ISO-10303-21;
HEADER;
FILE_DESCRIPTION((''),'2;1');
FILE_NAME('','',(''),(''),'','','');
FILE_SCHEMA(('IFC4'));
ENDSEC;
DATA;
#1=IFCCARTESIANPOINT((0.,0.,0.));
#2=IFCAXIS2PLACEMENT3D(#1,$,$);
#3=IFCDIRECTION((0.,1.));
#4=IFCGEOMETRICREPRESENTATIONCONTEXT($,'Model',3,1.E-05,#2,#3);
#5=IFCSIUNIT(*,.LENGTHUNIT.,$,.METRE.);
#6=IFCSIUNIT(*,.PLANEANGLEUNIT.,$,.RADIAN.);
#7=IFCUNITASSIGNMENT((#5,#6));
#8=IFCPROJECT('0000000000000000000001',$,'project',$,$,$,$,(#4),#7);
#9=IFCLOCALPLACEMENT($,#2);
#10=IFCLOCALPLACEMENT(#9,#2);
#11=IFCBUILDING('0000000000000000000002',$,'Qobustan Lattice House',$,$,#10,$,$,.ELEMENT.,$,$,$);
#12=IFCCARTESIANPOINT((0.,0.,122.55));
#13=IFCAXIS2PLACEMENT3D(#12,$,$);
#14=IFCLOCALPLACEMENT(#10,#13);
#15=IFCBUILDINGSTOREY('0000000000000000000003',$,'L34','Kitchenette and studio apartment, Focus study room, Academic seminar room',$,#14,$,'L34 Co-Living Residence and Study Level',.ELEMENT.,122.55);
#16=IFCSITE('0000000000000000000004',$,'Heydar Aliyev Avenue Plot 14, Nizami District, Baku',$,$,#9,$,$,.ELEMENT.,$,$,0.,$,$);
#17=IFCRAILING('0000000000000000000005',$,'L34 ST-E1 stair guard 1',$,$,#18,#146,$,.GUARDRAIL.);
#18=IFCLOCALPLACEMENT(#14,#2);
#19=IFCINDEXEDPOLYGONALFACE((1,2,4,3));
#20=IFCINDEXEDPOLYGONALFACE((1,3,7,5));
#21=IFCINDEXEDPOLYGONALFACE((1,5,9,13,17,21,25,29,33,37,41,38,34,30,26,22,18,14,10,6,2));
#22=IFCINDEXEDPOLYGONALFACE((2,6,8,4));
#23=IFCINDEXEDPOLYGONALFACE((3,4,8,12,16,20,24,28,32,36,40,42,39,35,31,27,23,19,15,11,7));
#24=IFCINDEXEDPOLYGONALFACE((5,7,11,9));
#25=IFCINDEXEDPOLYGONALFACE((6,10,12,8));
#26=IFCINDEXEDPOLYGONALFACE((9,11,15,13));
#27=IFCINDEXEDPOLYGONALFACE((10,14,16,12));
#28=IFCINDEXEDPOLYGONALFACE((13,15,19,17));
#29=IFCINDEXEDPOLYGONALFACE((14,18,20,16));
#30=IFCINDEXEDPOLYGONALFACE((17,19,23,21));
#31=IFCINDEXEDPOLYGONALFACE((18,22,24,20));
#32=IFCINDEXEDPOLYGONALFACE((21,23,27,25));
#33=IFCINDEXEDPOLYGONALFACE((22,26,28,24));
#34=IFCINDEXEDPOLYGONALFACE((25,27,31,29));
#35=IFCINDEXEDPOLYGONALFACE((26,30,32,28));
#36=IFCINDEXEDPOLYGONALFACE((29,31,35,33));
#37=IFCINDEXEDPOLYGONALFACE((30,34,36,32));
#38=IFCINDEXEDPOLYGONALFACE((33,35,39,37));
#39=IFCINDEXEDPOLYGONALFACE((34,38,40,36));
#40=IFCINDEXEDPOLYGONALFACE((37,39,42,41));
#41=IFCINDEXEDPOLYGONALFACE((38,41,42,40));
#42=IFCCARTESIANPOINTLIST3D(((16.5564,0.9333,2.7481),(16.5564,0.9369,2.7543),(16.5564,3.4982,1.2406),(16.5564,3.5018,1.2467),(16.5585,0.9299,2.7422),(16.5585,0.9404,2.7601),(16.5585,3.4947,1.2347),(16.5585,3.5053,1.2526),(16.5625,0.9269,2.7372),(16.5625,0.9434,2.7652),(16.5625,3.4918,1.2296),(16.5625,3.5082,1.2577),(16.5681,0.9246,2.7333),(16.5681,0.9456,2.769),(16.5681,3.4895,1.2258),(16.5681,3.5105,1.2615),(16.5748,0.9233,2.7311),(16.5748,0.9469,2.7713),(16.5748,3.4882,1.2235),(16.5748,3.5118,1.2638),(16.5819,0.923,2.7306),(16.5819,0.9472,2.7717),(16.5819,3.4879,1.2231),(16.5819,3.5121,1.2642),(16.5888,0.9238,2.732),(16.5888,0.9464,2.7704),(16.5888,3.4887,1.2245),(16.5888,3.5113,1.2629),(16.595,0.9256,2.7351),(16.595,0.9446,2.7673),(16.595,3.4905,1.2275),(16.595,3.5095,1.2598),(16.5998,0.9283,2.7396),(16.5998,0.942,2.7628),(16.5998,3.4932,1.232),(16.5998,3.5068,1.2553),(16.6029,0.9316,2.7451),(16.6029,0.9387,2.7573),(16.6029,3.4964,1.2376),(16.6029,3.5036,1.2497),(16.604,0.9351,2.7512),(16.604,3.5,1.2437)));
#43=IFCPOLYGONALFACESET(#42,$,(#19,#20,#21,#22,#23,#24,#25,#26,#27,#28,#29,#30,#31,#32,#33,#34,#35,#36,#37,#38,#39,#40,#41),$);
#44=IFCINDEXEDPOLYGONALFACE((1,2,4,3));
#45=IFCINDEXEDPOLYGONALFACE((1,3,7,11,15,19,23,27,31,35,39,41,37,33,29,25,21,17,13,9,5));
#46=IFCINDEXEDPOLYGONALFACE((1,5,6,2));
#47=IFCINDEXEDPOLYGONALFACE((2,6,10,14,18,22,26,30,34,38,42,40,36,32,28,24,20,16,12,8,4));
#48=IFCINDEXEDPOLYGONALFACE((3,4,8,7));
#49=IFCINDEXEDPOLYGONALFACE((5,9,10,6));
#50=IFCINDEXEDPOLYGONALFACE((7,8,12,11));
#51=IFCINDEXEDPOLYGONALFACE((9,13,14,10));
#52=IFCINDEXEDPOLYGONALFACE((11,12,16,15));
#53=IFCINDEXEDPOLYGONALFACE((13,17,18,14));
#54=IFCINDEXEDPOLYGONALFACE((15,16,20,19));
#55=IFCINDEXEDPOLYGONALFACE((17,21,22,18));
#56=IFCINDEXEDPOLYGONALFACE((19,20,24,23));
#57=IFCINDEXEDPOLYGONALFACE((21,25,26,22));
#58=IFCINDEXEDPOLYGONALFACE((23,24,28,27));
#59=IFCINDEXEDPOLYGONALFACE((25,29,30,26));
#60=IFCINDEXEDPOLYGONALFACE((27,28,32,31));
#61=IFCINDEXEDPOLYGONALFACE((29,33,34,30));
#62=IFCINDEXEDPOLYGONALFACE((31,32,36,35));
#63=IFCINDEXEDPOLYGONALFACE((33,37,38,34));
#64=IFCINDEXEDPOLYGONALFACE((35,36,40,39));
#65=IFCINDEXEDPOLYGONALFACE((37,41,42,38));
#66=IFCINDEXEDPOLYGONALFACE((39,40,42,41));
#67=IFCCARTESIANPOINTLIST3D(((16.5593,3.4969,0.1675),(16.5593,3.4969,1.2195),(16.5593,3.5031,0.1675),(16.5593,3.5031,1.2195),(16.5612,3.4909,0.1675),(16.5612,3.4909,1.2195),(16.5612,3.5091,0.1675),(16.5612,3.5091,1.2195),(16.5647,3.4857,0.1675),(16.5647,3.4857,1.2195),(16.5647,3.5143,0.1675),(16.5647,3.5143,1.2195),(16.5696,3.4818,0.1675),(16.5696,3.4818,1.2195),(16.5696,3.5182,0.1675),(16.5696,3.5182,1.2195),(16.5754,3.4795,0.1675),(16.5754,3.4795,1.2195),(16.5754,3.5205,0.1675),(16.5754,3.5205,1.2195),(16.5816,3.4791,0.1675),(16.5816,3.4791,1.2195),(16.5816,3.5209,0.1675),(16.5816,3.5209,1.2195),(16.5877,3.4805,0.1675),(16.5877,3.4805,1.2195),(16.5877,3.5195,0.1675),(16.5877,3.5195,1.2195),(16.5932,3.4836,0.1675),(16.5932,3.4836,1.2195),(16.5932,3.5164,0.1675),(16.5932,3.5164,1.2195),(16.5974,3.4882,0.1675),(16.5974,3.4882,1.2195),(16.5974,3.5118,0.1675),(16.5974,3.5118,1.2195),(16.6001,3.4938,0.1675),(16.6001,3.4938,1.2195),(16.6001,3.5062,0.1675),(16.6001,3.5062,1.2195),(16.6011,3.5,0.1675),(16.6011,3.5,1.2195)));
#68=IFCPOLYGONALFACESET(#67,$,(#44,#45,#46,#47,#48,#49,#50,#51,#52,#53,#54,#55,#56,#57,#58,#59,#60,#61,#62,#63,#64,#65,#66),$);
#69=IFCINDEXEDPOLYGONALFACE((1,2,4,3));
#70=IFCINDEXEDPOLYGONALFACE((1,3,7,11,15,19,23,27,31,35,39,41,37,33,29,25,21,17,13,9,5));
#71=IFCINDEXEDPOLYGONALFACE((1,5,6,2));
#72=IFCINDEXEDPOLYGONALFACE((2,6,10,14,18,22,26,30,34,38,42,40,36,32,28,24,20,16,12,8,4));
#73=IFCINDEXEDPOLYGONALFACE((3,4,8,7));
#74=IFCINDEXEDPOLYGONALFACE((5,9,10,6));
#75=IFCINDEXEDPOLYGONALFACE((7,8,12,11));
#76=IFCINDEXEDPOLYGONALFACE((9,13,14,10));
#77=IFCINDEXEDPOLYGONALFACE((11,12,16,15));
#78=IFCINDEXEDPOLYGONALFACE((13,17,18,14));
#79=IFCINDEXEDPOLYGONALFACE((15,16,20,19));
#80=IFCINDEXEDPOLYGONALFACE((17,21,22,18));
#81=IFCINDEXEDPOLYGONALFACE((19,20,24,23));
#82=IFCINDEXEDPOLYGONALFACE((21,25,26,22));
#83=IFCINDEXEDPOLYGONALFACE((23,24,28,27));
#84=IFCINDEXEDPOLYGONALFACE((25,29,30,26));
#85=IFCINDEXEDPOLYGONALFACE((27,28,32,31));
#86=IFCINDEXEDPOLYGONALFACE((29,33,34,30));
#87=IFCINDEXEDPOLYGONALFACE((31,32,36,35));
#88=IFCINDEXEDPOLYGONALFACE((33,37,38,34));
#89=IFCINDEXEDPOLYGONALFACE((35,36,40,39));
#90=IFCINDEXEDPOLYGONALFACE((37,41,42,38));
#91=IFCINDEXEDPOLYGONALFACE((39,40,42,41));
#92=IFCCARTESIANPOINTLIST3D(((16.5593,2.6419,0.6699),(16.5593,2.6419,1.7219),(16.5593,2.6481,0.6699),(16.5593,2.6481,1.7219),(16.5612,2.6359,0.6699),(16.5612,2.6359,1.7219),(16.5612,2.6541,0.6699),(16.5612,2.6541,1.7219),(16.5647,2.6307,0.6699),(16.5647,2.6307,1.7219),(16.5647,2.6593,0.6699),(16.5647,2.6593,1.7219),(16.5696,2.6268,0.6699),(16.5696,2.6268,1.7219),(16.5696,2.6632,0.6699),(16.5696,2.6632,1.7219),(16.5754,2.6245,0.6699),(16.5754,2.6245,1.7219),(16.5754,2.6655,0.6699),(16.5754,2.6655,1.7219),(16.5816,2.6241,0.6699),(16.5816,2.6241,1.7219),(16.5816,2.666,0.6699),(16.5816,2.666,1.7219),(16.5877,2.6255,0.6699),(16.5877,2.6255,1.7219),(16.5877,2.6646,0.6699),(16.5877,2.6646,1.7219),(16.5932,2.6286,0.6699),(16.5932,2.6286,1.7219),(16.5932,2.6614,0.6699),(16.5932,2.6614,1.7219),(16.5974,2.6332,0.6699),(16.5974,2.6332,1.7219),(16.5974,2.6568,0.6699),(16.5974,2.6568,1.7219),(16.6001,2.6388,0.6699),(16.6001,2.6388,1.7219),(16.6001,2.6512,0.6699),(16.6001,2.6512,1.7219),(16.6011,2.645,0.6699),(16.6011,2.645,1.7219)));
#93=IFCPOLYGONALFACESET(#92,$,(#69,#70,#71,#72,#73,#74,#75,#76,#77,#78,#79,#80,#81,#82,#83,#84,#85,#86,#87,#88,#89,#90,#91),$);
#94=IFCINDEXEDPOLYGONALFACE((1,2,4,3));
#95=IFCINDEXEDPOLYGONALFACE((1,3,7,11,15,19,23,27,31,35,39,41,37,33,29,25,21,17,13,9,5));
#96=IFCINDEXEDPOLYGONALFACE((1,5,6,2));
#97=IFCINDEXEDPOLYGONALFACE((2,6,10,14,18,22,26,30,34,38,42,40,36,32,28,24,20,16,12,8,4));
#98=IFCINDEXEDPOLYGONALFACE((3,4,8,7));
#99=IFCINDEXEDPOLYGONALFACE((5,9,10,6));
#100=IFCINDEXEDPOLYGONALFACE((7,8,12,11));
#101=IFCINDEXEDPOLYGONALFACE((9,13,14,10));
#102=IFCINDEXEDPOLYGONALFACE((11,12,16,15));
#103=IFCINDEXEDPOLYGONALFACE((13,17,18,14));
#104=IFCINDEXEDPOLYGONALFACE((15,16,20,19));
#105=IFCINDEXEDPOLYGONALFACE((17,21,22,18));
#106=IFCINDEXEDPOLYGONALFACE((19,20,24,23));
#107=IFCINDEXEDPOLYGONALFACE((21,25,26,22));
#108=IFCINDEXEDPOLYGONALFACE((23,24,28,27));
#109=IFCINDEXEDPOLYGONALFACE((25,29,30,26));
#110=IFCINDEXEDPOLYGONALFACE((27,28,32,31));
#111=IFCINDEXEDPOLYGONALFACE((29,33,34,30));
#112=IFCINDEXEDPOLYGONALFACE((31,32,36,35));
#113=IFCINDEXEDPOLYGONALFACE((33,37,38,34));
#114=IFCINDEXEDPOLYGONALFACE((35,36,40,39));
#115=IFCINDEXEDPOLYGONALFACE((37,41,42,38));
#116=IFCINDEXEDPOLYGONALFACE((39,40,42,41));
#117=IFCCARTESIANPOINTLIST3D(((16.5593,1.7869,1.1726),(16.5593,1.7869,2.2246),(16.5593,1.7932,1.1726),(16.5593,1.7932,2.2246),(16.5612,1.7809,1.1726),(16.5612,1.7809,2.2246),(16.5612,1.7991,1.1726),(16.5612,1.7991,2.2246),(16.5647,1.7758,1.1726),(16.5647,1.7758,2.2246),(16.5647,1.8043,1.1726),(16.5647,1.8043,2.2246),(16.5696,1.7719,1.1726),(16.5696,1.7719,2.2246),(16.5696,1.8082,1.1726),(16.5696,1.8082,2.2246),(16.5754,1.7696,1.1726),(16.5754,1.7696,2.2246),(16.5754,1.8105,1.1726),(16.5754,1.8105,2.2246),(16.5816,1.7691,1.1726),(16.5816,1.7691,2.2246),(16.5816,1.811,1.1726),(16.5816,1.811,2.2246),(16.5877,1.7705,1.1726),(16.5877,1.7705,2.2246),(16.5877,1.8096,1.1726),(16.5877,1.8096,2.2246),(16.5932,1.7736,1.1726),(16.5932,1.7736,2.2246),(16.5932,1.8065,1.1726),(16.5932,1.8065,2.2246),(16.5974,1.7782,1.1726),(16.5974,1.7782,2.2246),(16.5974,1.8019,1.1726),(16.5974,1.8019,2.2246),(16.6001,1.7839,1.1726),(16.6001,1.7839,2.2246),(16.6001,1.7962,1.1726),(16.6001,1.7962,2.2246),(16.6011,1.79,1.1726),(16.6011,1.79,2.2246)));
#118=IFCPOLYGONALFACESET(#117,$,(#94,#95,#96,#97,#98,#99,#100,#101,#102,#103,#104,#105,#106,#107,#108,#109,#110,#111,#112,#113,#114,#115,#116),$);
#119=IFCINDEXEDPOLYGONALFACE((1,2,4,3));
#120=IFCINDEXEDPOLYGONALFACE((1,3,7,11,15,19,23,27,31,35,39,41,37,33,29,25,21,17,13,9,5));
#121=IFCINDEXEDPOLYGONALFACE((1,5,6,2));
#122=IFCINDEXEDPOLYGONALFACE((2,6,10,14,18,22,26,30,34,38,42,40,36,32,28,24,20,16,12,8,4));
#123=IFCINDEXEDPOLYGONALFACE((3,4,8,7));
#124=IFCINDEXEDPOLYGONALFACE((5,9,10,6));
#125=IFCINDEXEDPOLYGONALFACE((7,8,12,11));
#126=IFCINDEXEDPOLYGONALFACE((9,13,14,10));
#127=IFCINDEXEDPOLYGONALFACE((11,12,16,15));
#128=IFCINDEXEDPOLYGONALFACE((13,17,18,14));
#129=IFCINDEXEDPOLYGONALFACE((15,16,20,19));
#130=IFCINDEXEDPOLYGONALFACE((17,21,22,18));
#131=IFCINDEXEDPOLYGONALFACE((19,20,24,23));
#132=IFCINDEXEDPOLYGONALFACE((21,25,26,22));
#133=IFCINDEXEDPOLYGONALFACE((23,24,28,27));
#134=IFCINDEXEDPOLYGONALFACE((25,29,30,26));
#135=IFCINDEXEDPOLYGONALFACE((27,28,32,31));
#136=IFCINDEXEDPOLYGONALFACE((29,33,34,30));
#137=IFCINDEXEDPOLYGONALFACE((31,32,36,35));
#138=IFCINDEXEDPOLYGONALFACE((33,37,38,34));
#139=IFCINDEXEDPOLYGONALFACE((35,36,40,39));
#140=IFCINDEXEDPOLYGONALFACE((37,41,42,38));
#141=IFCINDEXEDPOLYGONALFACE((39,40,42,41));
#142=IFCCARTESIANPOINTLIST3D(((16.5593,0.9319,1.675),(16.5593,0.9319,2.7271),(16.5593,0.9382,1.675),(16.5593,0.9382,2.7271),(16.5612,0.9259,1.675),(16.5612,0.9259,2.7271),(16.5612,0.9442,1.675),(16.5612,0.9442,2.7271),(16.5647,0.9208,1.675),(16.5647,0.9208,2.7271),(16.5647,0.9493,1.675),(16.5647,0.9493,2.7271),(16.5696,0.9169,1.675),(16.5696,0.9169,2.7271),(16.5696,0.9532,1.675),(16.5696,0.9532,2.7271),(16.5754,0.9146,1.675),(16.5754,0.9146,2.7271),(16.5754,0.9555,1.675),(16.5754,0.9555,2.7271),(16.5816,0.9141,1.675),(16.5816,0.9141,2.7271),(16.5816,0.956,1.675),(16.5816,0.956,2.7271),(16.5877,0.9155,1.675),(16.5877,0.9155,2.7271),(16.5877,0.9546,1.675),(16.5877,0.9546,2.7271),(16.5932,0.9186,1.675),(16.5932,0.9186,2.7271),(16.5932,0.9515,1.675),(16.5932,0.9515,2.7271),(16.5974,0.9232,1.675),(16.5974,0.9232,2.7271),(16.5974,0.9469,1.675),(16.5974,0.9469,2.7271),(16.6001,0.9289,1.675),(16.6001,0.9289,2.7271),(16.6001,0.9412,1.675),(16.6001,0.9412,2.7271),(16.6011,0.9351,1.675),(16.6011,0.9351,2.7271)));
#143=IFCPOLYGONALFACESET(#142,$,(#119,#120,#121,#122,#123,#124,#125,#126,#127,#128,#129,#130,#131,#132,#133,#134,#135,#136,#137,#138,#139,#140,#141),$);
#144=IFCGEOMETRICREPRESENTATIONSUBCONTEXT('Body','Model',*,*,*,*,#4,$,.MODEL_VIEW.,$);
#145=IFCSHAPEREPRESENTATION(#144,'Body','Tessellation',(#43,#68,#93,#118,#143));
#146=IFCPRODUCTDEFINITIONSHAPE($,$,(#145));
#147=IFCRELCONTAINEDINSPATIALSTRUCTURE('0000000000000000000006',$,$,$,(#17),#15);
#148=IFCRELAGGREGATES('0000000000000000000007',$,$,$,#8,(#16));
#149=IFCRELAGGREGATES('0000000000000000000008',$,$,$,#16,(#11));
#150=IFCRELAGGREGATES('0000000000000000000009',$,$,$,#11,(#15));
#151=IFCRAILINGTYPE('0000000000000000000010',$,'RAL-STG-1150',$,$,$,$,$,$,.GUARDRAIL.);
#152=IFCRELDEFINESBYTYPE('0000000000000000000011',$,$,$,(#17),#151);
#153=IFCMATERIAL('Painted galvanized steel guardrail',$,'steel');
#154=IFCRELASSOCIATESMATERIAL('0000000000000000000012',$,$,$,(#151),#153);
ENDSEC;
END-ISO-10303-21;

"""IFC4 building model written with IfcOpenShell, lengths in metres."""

from ifc_helpers import new_model, si_unit, direction, frame, origin, origin_2d, place, context, subcontext, project, spatial, circle, extrude, material, type_object, element, save


model = new_model("IFC4")

# Units and contexts
model_context = context("Model", 3, precision=1e-05, world=origin(), true_north=direction((0.0, 1.0)))
body_context = subcontext(model_context, "Body", "Model", "MODEL_VIEW")
ifc_project = project(units=[si_unit("LENGTHUNIT", "METRE"), si_unit("PLANEANGLEUNIT", "RADIAN")], contexts=[model_context])

# Site, building, storey
site_placement = place(None, origin())
site = spatial("IfcSite", under=ifc_project, at=site_placement, Name="Heydar Aliyev Avenue Plot 14, Nizami District, Baku", CompositionType="ELEMENT", RefElevation=0.0)
building_placement = place(site_placement, origin())
building = spatial("IfcBuilding", under=site, at=building_placement, Name="Qobustan Lattice House", CompositionType="ELEMENT")
storey_placement = place(building_placement, frame((0.0, 0.0, 122.55)))
storey = spatial("IfcBuildingStorey", under=building, at=storey_placement, Name="L34", Description="Kitchenette and studio apartment, Focus study room, Academic seminar room", LongName="L34 Co-Living Residence and Study Level", CompositionType="ELEMENT", Elevation=122.55)

# Railing
ifc_material_1 = material(Name="Painted galvanized steel guardrail", Category="steel")
railing_type_1 = type_object("IfcRailingType", Name="RAL-STG-1150", PredefinedType="GUARDRAIL", material=ifc_material_1)
railing_1_placement = place(storey_placement, frame((16.5801, 3.5, 0.1675)))
element("IfcRailing", 1, at=railing_1_placement, inside=storey, type_object=railing_type_1, Name="L34 ST-E1 stair guard 1", PredefinedType="GUARDRAIL", context=body_context, shape_type="SweptSolid", body=[
    extrude(circle(Radius=0.0239, at=origin_2d()), frame((0.0, 0.0, 1.0762), z_axis=(0.0, -0.862113, 0.506715), x_axis=(1.0, 0.0, 0.0)), (0.0, 0.0, 1.0), 2.9751),
    extrude(circle(Radius=0.021, at=origin_2d()), origin(), (0.0, 0.0, 1.0), 1.052),
    extrude(circle(Radius=0.021, at=origin_2d()), frame((0.0, -0.855, 0.5024)), (0.0, 0.0, 1.0), 1.052),
    extrude(circle(Radius=0.021, at=origin_2d()), frame((0.0, -1.71, 1.0051)), (0.0, 0.0, 1.0), 1.052),
    extrude(circle(Radius=0.021, at=origin_2d()), frame((0.0, -2.5649, 1.5076)), (0.0, 0.0, 1.0), 1.052),
])

save(model, "model.ifc")
